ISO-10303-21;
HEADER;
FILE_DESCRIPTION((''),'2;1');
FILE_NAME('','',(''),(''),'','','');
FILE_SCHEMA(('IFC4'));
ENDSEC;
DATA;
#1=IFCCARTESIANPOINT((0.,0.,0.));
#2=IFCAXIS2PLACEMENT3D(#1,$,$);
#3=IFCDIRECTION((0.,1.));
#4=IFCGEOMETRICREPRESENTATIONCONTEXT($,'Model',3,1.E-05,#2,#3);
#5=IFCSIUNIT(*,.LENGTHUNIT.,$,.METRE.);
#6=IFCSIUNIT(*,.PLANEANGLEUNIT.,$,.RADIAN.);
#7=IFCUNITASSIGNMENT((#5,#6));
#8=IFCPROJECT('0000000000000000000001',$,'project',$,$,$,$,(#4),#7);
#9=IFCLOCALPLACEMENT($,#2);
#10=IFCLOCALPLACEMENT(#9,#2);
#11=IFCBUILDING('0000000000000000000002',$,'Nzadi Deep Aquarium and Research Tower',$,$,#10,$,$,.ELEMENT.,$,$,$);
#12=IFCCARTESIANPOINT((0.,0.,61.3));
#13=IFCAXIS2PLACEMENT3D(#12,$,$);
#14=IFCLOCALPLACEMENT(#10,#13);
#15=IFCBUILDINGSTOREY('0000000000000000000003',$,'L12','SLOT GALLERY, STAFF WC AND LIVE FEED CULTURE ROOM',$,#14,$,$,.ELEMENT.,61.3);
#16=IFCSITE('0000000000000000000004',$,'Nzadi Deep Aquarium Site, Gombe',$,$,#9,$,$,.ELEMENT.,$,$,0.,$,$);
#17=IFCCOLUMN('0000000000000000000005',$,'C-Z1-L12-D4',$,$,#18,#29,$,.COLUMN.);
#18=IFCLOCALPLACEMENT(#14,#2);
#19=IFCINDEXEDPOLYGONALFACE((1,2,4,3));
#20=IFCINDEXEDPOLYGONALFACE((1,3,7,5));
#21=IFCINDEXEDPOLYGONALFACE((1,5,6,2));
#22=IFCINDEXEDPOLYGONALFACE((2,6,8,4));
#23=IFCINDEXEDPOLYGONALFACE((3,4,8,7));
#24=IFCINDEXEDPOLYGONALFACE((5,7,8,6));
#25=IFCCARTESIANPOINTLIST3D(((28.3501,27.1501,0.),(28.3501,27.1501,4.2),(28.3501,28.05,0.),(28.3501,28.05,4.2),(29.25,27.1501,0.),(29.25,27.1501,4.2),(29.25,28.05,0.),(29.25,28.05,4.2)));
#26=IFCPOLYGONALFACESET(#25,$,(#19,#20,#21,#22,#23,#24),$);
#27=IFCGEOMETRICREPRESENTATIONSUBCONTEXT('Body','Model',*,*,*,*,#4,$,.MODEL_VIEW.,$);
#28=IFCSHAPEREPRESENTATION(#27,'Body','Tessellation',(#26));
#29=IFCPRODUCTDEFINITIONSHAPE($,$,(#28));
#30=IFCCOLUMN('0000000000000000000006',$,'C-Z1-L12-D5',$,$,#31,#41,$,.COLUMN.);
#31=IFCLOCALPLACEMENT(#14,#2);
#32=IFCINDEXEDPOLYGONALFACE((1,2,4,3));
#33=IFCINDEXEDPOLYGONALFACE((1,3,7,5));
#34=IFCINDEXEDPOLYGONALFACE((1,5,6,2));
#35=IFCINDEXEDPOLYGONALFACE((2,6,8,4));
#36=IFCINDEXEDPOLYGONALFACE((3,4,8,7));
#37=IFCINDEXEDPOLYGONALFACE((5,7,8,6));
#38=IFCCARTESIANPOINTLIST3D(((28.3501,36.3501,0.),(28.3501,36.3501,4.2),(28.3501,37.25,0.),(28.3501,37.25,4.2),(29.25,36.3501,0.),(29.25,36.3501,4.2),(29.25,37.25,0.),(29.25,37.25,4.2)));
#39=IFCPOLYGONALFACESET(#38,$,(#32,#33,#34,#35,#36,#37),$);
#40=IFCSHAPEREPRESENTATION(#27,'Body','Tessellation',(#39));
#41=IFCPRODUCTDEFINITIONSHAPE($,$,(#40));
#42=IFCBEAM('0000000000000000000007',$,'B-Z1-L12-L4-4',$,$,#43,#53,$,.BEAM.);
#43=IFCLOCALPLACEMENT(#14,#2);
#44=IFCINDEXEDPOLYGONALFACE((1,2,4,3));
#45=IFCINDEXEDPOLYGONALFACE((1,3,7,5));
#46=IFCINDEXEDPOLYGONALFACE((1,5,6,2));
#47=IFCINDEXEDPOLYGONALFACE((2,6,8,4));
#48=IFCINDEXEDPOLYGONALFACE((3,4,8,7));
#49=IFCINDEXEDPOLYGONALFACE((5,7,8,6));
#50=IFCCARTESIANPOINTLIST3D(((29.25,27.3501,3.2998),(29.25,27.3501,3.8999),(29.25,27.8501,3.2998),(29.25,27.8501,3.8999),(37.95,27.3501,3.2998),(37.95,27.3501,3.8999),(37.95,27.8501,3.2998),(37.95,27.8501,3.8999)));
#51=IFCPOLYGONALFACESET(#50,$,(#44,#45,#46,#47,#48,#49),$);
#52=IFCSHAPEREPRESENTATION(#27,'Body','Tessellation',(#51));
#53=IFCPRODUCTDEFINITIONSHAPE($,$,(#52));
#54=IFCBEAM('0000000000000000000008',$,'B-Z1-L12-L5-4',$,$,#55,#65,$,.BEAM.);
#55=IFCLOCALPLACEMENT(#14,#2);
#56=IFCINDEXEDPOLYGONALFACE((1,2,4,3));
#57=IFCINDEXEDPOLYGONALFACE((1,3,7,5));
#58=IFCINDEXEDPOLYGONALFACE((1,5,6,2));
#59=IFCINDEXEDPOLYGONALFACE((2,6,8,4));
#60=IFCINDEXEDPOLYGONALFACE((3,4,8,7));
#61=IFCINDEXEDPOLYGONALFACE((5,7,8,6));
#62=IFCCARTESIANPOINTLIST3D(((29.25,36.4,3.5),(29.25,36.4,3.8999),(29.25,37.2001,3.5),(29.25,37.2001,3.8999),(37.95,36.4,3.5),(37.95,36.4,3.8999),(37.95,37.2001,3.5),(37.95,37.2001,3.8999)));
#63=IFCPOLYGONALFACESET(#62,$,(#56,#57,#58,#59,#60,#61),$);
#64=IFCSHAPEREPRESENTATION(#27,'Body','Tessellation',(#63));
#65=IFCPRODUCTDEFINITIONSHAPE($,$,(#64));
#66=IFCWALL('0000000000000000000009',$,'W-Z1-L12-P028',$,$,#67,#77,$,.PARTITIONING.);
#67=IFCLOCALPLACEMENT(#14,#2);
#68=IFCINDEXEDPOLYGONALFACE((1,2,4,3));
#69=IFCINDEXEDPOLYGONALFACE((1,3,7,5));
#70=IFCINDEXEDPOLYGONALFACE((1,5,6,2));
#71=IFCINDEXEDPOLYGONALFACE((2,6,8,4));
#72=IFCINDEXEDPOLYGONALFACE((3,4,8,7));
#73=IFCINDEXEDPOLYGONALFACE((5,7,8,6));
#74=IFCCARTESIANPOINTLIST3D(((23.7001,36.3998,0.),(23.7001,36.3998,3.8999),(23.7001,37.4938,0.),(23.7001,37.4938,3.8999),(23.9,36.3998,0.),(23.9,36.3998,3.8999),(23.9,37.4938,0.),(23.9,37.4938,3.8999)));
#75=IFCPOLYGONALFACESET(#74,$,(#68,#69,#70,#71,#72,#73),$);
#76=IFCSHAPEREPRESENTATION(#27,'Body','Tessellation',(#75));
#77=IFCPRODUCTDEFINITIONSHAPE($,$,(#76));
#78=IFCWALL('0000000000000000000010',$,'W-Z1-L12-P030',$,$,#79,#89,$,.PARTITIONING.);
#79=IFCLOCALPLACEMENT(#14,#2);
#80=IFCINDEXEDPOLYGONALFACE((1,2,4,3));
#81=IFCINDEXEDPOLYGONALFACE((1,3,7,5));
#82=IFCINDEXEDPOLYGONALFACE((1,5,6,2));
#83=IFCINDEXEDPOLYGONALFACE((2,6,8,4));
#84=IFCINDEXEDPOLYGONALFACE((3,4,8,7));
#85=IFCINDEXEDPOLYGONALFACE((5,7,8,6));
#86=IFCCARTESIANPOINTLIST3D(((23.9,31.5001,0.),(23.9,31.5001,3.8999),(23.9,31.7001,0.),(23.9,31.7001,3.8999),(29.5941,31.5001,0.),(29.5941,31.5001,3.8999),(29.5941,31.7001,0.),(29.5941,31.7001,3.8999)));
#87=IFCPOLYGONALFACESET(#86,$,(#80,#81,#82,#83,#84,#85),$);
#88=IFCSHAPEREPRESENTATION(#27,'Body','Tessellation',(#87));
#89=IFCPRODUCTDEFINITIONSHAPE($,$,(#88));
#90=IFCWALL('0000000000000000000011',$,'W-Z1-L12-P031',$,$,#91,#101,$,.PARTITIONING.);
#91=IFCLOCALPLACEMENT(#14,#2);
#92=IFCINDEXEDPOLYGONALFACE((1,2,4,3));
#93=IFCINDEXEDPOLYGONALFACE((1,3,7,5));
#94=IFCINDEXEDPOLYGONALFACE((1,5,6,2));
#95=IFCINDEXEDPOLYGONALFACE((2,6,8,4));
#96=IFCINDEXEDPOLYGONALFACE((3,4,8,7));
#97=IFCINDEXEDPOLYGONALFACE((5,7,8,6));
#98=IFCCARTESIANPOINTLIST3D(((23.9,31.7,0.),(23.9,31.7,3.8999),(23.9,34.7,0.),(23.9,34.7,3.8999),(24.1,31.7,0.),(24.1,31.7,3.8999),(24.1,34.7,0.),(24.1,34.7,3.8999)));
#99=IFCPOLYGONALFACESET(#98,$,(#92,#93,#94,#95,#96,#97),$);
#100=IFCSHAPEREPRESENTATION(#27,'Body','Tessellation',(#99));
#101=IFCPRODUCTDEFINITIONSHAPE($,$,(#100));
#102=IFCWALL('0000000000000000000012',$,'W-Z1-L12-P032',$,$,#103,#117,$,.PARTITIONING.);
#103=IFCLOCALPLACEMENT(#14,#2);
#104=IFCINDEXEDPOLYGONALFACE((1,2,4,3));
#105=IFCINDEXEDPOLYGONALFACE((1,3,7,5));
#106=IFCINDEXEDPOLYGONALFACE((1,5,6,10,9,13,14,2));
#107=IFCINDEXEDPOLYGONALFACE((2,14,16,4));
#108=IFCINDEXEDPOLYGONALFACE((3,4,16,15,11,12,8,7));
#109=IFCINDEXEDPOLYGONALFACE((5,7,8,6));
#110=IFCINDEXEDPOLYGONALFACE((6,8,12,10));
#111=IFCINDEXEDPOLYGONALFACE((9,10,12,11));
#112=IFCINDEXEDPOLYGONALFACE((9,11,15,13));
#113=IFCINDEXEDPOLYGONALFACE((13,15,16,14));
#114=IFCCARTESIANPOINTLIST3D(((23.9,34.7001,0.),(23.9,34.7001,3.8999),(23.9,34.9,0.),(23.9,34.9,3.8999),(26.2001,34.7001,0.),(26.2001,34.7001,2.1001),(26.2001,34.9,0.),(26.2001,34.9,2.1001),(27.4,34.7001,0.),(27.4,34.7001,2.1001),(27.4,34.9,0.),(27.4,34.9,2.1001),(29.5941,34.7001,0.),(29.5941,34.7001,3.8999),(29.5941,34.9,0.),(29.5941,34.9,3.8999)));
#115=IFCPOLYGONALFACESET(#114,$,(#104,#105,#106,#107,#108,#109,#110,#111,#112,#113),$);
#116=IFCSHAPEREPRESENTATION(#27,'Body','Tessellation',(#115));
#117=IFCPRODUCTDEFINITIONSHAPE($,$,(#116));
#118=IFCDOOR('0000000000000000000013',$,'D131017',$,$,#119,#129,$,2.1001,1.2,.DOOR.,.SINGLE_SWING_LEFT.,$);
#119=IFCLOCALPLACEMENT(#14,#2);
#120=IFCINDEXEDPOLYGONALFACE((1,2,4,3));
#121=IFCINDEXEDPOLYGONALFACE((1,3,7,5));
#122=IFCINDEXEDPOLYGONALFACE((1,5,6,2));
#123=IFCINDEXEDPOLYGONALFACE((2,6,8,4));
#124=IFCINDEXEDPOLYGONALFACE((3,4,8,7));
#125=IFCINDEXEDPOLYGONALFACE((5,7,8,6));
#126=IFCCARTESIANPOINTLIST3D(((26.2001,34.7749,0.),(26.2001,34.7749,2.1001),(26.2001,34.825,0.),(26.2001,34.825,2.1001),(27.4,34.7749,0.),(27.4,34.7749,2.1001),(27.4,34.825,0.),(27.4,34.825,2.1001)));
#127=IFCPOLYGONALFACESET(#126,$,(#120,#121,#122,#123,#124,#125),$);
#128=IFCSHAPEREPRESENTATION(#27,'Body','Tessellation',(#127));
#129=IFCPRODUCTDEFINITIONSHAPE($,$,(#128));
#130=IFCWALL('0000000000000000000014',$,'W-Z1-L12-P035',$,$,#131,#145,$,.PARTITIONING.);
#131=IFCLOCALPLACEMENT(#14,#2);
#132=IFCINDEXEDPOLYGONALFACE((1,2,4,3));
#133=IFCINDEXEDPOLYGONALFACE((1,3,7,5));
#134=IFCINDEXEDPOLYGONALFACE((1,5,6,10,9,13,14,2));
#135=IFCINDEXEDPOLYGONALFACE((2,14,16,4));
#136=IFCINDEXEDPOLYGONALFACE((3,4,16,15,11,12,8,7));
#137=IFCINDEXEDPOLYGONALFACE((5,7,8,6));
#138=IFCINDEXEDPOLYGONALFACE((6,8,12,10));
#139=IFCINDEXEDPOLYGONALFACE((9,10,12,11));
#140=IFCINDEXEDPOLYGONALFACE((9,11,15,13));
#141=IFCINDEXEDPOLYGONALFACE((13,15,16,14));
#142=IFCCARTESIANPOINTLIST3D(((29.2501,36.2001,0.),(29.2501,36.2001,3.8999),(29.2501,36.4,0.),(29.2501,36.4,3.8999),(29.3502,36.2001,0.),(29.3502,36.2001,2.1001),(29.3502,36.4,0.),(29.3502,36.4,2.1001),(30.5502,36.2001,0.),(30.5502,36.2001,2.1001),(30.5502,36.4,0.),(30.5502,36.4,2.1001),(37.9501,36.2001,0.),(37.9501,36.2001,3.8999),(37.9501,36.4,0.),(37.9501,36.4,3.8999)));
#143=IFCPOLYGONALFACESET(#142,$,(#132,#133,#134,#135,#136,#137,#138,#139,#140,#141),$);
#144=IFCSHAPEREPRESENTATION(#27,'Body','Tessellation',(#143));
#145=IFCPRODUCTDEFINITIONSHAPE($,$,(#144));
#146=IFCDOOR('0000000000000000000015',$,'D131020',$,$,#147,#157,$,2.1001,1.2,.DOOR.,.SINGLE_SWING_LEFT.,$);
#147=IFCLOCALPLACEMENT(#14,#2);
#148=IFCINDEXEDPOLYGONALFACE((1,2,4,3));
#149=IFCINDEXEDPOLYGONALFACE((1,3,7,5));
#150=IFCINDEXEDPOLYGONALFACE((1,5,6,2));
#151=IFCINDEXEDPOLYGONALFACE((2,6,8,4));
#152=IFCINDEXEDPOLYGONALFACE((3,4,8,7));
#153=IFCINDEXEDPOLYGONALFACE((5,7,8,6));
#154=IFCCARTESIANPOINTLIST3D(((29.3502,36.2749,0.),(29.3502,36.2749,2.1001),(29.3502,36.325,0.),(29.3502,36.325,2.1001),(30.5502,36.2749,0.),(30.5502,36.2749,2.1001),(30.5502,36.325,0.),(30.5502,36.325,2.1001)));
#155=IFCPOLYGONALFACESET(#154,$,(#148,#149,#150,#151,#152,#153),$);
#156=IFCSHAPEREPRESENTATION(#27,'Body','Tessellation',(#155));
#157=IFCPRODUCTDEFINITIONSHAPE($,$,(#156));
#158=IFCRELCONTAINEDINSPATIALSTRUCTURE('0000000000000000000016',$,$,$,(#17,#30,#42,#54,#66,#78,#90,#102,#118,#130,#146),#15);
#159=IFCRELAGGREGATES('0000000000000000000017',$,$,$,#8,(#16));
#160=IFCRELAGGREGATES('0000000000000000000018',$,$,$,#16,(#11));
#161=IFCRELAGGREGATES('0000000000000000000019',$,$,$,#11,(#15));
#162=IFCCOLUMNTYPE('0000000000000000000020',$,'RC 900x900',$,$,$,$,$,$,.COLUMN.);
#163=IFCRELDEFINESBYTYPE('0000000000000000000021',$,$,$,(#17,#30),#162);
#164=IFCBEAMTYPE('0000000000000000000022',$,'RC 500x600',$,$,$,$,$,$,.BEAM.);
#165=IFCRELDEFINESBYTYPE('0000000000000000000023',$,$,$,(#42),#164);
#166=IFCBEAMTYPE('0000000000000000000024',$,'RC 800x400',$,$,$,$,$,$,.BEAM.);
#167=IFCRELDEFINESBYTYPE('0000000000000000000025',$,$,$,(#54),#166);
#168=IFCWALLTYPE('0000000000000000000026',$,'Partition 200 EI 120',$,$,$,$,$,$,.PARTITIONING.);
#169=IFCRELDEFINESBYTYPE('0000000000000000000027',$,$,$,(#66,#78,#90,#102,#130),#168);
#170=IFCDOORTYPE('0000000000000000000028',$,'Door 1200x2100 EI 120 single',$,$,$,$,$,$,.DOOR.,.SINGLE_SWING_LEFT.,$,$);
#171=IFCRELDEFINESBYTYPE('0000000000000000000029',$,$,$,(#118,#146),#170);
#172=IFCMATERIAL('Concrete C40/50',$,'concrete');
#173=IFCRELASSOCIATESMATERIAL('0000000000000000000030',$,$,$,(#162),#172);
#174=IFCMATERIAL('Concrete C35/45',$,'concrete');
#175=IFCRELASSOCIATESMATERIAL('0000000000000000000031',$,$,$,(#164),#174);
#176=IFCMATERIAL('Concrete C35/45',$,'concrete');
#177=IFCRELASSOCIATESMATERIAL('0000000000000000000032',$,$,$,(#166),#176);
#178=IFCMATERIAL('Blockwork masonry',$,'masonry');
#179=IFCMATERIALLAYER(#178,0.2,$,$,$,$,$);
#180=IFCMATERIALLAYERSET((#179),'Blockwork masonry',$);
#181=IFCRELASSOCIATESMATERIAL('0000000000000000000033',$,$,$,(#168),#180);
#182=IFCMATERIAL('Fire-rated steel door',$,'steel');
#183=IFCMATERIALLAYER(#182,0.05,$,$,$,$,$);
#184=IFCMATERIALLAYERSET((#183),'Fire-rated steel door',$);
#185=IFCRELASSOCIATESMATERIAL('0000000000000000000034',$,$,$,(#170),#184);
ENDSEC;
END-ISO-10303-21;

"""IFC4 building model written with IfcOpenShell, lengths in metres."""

from ifc_helpers import new_model, si_unit, direction, frame, frame_2d, origin, origin_2d, place, context, subcontext, project, spatial, rectangle, extrude, material, layer, layer_set, material_profile, profile_set, type_object, element, fill, save


model = new_model("IFC4")

# Units and contexts
model_context = context("Model", 3, precision=1e-05, world=origin(), true_north=direction((0.0, 1.0)))
body_context = subcontext(model_context, "Body", "Model", "MODEL_VIEW")
ifc_project = project(units=[si_unit("LENGTHUNIT", "METRE"), si_unit("PLANEANGLEUNIT", "RADIAN")], contexts=[model_context])

# Site, building, storey
site_placement = place(None, origin())
site = spatial("IfcSite", under=ifc_project, at=site_placement, Name="Nzadi Deep Aquarium Site, Gombe", CompositionType="ELEMENT", RefElevation=0.0)
building_placement = place(site_placement, origin())
building = spatial("IfcBuilding", under=site, at=building_placement, Name="Nzadi Deep Aquarium and Research Tower", CompositionType="ELEMENT")
storey_placement = place(building_placement, frame((0.0, 0.0, 61.3)))
storey = spatial("IfcBuildingStorey", under=building, at=storey_placement, Name="L12", Description="SLOT GALLERY, STAFF WC AND LIVE FEED CULTURE ROOM", CompositionType="ELEMENT", Elevation=61.3)

# Columns
ifc_material_1 = material(Name="Concrete C40/50", Category="concrete")
ifc_material_profile_1 = material_profile(ifc_material_1, rectangle(XDim=0.8999, YDim=0.8999, at=origin_2d()))
ifc_profile_set_1 = profile_set([ifc_material_profile_1], Name="Concrete C40/50")
column_type = type_object("IfcColumnType", Name="RC 900x900", PredefinedType="COLUMN", material=ifc_profile_set_1)
for number, where, z_axis, x_axis, name in (
    (1, (28.8, 27.6001, 0.0), (0.0, 0.0, 1.0), (1.0, 0.0, 0.0), "C-Z1-L12-D4"),
    (2, (28.8, 36.8, 0.0), (0.0, 0.0, 1.0), (1.0, 0.0, 0.0), "C-Z1-L12-D5"),
):
    element("IfcColumn", number, at=place(storey_placement, frame(where, z_axis=z_axis, x_axis=x_axis)), inside=storey, type_object=column_type, Name=name, PredefinedType="COLUMN", context=body_context, shape_type="SweptSolid", body=[
        extrude(rectangle(XDim=0.8999, YDim=0.8999, at=origin_2d()), origin(), (0.0, 0.0, 1.0), 4.2),
    ])

# Beams
ifc_material_2 = material(Name="Concrete C35/45", Category="concrete")
ifc_material_profile_2 = material_profile(ifc_material_2, rectangle(XDim=0.5, YDim=0.6001, at=origin_2d()))
ifc_profile_set_2 = profile_set([ifc_material_profile_2], Name="Concrete C35/45")
beam_type_1 = type_object("IfcBeamType", Name="RC 500x600", PredefinedType="BEAM", material=ifc_profile_set_2)
beam_1_placement = place(storey_placement, frame((29.25, 27.6001, 3.5999), z_axis=(1.0, 0.0, 0.0), x_axis=(0.0, 1.0, 0.0)))
element("IfcBeam", 3, at=beam_1_placement, inside=storey, type_object=beam_type_1, Name="B-Z1-L12-L4-4", PredefinedType="BEAM", context=body_context, shape_type="SweptSolid", body=[
    extrude(rectangle(XDim=0.5, YDim=0.6001, at=origin_2d()), origin(), (0.0, 0.0, 1.0), 8.7),
])
ifc_material_3 = material(Name="Concrete C35/45", Category="concrete")
ifc_material_profile_3 = material_profile(ifc_material_3, rectangle(XDim=0.8, YDim=0.3999, at=origin_2d()))
ifc_profile_set_3 = profile_set([ifc_material_profile_3], Name="Concrete C35/45")
beam_type_2 = type_object("IfcBeamType", Name="RC 800x400", PredefinedType="BEAM", material=ifc_profile_set_3)
beam_2_placement = place(storey_placement, frame((29.25, 36.8, 3.7), z_axis=(1.0, 0.0, 0.0), x_axis=(0.0, 1.0, 0.0)))
element("IfcBeam", 4, at=beam_2_placement, inside=storey, type_object=beam_type_2, Name="B-Z1-L12-L5-4", PredefinedType="BEAM", context=body_context, shape_type="SweptSolid", body=[
    extrude(rectangle(XDim=0.8, YDim=0.3999, at=origin_2d()), origin(), (0.0, 0.0, 1.0), 8.7),
])

# Walls
ifc_material_4 = material(Name="Blockwork masonry", Category="masonry")
ifc_layer_1 = layer(ifc_material_4, 0.2)
ifc_layer_set_1 = layer_set([ifc_layer_1], Name="Blockwork masonry")
wall_type_1 = type_object("IfcWallType", Name="Partition 200 EI 120", PredefinedType="PARTITIONING", material=ifc_layer_set_1)
wall_1_placement = place(storey_placement, frame((23.8, 36.3999, 0.0), z_axis=(0.0, 0.0, 1.0), x_axis=(0.0, 1.0, 0.0)))
element("IfcWall", 5, at=wall_1_placement, inside=storey, type_object=wall_type_1, Name="W-Z1-L12-P028", PredefinedType="PARTITIONING", context=body_context, shape_type="SweptSolid", body=[
    extrude(rectangle(XDim=1.094, YDim=0.2, at=frame_2d((0.5469, 0.0))), origin(), (0.0, 0.0, 1.0), 3.8999),
])
wall_2_placement = place(storey_placement, frame((23.8999, 31.6001, 0.0), z_axis=(0.0, 0.0, 1.0), x_axis=(1.0, 0.0, 0.0)))
element("IfcWall", 6, at=wall_2_placement, inside=storey, type_object=wall_type_1, Name="W-Z1-L12-P030", PredefinedType="PARTITIONING", context=body_context, shape_type="SweptSolid", body=[
    extrude(rectangle(XDim=5.6941, YDim=0.2, at=frame_2d((2.8472, 0.0))), origin(), (0.0, 0.0, 1.0), 3.8999),
])
wall_3_placement = place(storey_placement, frame((24.0, 31.7, 0.0), z_axis=(0.0, 0.0, 1.0), x_axis=(0.0, 1.0, 0.0)))
element("IfcWall", 7, at=wall_3_placement, inside=storey, type_object=wall_type_1, Name="W-Z1-L12-P031", PredefinedType="PARTITIONING", context=body_context, shape_type="SweptSolid", body=[
    extrude(rectangle(XDim=3.0, YDim=0.2, at=frame_2d((1.5, 0.0))), origin(), (0.0, 0.0, 1.0), 3.8999),
])

# Walls, openings, doors
wall_4_placement = place(storey_placement, frame((23.8999, 34.8, 0.0), z_axis=(0.0, 0.0, 1.0), x_axis=(1.0, 0.0, 0.0)))
wall_4 = element("IfcWall", 8, at=wall_4_placement, inside=storey, type_object=wall_type_1, Name="W-Z1-L12-P032", PredefinedType="PARTITIONING", context=body_context, shape_type="SweptSolid", body=[
    extrude(rectangle(XDim=5.6941, YDim=0.2, at=frame_2d((2.8472, 0.0))), origin(), (0.0, 0.0, 1.0), 3.8999),
])
opening_1_placement = place(wall_4_placement, frame((2.3, 0.0, 0.0)))
opening_1 = element("IfcOpeningElement", 9, at=opening_1_placement, cuts=wall_4, PredefinedType="OPENING", context=body_context, shape_type="SweptSolid", body=[
    extrude(rectangle(XDim=1.2, YDim=2.1001, at=frame_2d((0.6001, 1.05))), frame((0.0, 0.1101, 0.0), z_axis=(0.0, -1.0, 0.0), x_axis=(1.0, 0.0, 0.0)), (0.0, 0.0, 1.0), 0.2202),
])
ifc_material_5 = material(Name="Fire-rated steel door", Category="steel")
ifc_layer_2 = layer(ifc_material_5, 0.05)
ifc_layer_set_2 = layer_set([ifc_layer_2], Name="Fire-rated steel door")
door_type_1 = type_object("IfcDoorType", Name="Door 1200x2100 EI 120 single", OperationType="SINGLE_SWING_LEFT", PredefinedType="DOOR", material=ifc_layer_set_2)
door_1_placement = place(opening_1_placement, origin())
door_1 = element("IfcDoor", 10, at=door_1_placement, inside=storey, type_object=door_type_1, Name="D131017", OperationType="SINGLE_SWING_LEFT", OverallHeight=2.1001, OverallWidth=1.2, PredefinedType="DOOR", context=body_context, shape_type="SweptSolid", body=[
    extrude(rectangle(XDim=1.2, YDim=2.1001, at=frame_2d((0.6001, 1.05))), frame((0.0, 0.0249, 0.0), z_axis=(0.0, -1.0, 0.0), x_axis=(1.0, 0.0, 0.0)), (0.0, 0.0, 1.0), 0.05),
])
fill(opening_1, door_1)
wall_5_placement = place(storey_placement, frame((29.25, 36.3, 0.0), z_axis=(0.0, 0.0, 1.0), x_axis=(1.0, 0.0, 0.0)))
wall_5 = element("IfcWall", 11, at=wall_5_placement, inside=storey, type_object=wall_type_1, Name="W-Z1-L12-P035", PredefinedType="PARTITIONING", context=body_context, shape_type="SweptSolid", body=[
    extrude(rectangle(XDim=8.7, YDim=0.2, at=frame_2d((4.3501, 0.0))), origin(), (0.0, 0.0, 1.0), 3.8999),
])
opening_2_placement = place(wall_5_placement, frame((0.1001, 0.0, 0.0)))
opening_2 = element("IfcOpeningElement", 12, at=opening_2_placement, cuts=wall_5, PredefinedType="OPENING", context=body_context, shape_type="SweptSolid", body=[
    extrude(rectangle(XDim=1.2, YDim=2.1001, at=frame_2d((0.6001, 1.05))), frame((0.0, 0.1101, 0.0), z_axis=(0.0, -1.0, 0.0), x_axis=(1.0, 0.0, 0.0)), (0.0, 0.0, 1.0), 0.2202),
])
door_2_placement = place(opening_2_placement, origin())
door_2 = element("IfcDoor", 13, at=door_2_placement, inside=storey, type_object=door_type_1, Name="D131020", OperationType="SINGLE_SWING_LEFT", OverallHeight=2.1001, OverallWidth=1.2, PredefinedType="DOOR", context=body_context, shape_type="SweptSolid", body=[
    extrude(rectangle(XDim=1.2, YDim=2.1001, at=frame_2d((0.6001, 1.05))), frame((0.0, 0.0249, 0.0), z_axis=(0.0, -1.0, 0.0), x_axis=(1.0, 0.0, 0.0)), (0.0, 0.0, 1.0), 0.05),
])
fill(opening_2, door_2)

save(model, "model.ifc")
